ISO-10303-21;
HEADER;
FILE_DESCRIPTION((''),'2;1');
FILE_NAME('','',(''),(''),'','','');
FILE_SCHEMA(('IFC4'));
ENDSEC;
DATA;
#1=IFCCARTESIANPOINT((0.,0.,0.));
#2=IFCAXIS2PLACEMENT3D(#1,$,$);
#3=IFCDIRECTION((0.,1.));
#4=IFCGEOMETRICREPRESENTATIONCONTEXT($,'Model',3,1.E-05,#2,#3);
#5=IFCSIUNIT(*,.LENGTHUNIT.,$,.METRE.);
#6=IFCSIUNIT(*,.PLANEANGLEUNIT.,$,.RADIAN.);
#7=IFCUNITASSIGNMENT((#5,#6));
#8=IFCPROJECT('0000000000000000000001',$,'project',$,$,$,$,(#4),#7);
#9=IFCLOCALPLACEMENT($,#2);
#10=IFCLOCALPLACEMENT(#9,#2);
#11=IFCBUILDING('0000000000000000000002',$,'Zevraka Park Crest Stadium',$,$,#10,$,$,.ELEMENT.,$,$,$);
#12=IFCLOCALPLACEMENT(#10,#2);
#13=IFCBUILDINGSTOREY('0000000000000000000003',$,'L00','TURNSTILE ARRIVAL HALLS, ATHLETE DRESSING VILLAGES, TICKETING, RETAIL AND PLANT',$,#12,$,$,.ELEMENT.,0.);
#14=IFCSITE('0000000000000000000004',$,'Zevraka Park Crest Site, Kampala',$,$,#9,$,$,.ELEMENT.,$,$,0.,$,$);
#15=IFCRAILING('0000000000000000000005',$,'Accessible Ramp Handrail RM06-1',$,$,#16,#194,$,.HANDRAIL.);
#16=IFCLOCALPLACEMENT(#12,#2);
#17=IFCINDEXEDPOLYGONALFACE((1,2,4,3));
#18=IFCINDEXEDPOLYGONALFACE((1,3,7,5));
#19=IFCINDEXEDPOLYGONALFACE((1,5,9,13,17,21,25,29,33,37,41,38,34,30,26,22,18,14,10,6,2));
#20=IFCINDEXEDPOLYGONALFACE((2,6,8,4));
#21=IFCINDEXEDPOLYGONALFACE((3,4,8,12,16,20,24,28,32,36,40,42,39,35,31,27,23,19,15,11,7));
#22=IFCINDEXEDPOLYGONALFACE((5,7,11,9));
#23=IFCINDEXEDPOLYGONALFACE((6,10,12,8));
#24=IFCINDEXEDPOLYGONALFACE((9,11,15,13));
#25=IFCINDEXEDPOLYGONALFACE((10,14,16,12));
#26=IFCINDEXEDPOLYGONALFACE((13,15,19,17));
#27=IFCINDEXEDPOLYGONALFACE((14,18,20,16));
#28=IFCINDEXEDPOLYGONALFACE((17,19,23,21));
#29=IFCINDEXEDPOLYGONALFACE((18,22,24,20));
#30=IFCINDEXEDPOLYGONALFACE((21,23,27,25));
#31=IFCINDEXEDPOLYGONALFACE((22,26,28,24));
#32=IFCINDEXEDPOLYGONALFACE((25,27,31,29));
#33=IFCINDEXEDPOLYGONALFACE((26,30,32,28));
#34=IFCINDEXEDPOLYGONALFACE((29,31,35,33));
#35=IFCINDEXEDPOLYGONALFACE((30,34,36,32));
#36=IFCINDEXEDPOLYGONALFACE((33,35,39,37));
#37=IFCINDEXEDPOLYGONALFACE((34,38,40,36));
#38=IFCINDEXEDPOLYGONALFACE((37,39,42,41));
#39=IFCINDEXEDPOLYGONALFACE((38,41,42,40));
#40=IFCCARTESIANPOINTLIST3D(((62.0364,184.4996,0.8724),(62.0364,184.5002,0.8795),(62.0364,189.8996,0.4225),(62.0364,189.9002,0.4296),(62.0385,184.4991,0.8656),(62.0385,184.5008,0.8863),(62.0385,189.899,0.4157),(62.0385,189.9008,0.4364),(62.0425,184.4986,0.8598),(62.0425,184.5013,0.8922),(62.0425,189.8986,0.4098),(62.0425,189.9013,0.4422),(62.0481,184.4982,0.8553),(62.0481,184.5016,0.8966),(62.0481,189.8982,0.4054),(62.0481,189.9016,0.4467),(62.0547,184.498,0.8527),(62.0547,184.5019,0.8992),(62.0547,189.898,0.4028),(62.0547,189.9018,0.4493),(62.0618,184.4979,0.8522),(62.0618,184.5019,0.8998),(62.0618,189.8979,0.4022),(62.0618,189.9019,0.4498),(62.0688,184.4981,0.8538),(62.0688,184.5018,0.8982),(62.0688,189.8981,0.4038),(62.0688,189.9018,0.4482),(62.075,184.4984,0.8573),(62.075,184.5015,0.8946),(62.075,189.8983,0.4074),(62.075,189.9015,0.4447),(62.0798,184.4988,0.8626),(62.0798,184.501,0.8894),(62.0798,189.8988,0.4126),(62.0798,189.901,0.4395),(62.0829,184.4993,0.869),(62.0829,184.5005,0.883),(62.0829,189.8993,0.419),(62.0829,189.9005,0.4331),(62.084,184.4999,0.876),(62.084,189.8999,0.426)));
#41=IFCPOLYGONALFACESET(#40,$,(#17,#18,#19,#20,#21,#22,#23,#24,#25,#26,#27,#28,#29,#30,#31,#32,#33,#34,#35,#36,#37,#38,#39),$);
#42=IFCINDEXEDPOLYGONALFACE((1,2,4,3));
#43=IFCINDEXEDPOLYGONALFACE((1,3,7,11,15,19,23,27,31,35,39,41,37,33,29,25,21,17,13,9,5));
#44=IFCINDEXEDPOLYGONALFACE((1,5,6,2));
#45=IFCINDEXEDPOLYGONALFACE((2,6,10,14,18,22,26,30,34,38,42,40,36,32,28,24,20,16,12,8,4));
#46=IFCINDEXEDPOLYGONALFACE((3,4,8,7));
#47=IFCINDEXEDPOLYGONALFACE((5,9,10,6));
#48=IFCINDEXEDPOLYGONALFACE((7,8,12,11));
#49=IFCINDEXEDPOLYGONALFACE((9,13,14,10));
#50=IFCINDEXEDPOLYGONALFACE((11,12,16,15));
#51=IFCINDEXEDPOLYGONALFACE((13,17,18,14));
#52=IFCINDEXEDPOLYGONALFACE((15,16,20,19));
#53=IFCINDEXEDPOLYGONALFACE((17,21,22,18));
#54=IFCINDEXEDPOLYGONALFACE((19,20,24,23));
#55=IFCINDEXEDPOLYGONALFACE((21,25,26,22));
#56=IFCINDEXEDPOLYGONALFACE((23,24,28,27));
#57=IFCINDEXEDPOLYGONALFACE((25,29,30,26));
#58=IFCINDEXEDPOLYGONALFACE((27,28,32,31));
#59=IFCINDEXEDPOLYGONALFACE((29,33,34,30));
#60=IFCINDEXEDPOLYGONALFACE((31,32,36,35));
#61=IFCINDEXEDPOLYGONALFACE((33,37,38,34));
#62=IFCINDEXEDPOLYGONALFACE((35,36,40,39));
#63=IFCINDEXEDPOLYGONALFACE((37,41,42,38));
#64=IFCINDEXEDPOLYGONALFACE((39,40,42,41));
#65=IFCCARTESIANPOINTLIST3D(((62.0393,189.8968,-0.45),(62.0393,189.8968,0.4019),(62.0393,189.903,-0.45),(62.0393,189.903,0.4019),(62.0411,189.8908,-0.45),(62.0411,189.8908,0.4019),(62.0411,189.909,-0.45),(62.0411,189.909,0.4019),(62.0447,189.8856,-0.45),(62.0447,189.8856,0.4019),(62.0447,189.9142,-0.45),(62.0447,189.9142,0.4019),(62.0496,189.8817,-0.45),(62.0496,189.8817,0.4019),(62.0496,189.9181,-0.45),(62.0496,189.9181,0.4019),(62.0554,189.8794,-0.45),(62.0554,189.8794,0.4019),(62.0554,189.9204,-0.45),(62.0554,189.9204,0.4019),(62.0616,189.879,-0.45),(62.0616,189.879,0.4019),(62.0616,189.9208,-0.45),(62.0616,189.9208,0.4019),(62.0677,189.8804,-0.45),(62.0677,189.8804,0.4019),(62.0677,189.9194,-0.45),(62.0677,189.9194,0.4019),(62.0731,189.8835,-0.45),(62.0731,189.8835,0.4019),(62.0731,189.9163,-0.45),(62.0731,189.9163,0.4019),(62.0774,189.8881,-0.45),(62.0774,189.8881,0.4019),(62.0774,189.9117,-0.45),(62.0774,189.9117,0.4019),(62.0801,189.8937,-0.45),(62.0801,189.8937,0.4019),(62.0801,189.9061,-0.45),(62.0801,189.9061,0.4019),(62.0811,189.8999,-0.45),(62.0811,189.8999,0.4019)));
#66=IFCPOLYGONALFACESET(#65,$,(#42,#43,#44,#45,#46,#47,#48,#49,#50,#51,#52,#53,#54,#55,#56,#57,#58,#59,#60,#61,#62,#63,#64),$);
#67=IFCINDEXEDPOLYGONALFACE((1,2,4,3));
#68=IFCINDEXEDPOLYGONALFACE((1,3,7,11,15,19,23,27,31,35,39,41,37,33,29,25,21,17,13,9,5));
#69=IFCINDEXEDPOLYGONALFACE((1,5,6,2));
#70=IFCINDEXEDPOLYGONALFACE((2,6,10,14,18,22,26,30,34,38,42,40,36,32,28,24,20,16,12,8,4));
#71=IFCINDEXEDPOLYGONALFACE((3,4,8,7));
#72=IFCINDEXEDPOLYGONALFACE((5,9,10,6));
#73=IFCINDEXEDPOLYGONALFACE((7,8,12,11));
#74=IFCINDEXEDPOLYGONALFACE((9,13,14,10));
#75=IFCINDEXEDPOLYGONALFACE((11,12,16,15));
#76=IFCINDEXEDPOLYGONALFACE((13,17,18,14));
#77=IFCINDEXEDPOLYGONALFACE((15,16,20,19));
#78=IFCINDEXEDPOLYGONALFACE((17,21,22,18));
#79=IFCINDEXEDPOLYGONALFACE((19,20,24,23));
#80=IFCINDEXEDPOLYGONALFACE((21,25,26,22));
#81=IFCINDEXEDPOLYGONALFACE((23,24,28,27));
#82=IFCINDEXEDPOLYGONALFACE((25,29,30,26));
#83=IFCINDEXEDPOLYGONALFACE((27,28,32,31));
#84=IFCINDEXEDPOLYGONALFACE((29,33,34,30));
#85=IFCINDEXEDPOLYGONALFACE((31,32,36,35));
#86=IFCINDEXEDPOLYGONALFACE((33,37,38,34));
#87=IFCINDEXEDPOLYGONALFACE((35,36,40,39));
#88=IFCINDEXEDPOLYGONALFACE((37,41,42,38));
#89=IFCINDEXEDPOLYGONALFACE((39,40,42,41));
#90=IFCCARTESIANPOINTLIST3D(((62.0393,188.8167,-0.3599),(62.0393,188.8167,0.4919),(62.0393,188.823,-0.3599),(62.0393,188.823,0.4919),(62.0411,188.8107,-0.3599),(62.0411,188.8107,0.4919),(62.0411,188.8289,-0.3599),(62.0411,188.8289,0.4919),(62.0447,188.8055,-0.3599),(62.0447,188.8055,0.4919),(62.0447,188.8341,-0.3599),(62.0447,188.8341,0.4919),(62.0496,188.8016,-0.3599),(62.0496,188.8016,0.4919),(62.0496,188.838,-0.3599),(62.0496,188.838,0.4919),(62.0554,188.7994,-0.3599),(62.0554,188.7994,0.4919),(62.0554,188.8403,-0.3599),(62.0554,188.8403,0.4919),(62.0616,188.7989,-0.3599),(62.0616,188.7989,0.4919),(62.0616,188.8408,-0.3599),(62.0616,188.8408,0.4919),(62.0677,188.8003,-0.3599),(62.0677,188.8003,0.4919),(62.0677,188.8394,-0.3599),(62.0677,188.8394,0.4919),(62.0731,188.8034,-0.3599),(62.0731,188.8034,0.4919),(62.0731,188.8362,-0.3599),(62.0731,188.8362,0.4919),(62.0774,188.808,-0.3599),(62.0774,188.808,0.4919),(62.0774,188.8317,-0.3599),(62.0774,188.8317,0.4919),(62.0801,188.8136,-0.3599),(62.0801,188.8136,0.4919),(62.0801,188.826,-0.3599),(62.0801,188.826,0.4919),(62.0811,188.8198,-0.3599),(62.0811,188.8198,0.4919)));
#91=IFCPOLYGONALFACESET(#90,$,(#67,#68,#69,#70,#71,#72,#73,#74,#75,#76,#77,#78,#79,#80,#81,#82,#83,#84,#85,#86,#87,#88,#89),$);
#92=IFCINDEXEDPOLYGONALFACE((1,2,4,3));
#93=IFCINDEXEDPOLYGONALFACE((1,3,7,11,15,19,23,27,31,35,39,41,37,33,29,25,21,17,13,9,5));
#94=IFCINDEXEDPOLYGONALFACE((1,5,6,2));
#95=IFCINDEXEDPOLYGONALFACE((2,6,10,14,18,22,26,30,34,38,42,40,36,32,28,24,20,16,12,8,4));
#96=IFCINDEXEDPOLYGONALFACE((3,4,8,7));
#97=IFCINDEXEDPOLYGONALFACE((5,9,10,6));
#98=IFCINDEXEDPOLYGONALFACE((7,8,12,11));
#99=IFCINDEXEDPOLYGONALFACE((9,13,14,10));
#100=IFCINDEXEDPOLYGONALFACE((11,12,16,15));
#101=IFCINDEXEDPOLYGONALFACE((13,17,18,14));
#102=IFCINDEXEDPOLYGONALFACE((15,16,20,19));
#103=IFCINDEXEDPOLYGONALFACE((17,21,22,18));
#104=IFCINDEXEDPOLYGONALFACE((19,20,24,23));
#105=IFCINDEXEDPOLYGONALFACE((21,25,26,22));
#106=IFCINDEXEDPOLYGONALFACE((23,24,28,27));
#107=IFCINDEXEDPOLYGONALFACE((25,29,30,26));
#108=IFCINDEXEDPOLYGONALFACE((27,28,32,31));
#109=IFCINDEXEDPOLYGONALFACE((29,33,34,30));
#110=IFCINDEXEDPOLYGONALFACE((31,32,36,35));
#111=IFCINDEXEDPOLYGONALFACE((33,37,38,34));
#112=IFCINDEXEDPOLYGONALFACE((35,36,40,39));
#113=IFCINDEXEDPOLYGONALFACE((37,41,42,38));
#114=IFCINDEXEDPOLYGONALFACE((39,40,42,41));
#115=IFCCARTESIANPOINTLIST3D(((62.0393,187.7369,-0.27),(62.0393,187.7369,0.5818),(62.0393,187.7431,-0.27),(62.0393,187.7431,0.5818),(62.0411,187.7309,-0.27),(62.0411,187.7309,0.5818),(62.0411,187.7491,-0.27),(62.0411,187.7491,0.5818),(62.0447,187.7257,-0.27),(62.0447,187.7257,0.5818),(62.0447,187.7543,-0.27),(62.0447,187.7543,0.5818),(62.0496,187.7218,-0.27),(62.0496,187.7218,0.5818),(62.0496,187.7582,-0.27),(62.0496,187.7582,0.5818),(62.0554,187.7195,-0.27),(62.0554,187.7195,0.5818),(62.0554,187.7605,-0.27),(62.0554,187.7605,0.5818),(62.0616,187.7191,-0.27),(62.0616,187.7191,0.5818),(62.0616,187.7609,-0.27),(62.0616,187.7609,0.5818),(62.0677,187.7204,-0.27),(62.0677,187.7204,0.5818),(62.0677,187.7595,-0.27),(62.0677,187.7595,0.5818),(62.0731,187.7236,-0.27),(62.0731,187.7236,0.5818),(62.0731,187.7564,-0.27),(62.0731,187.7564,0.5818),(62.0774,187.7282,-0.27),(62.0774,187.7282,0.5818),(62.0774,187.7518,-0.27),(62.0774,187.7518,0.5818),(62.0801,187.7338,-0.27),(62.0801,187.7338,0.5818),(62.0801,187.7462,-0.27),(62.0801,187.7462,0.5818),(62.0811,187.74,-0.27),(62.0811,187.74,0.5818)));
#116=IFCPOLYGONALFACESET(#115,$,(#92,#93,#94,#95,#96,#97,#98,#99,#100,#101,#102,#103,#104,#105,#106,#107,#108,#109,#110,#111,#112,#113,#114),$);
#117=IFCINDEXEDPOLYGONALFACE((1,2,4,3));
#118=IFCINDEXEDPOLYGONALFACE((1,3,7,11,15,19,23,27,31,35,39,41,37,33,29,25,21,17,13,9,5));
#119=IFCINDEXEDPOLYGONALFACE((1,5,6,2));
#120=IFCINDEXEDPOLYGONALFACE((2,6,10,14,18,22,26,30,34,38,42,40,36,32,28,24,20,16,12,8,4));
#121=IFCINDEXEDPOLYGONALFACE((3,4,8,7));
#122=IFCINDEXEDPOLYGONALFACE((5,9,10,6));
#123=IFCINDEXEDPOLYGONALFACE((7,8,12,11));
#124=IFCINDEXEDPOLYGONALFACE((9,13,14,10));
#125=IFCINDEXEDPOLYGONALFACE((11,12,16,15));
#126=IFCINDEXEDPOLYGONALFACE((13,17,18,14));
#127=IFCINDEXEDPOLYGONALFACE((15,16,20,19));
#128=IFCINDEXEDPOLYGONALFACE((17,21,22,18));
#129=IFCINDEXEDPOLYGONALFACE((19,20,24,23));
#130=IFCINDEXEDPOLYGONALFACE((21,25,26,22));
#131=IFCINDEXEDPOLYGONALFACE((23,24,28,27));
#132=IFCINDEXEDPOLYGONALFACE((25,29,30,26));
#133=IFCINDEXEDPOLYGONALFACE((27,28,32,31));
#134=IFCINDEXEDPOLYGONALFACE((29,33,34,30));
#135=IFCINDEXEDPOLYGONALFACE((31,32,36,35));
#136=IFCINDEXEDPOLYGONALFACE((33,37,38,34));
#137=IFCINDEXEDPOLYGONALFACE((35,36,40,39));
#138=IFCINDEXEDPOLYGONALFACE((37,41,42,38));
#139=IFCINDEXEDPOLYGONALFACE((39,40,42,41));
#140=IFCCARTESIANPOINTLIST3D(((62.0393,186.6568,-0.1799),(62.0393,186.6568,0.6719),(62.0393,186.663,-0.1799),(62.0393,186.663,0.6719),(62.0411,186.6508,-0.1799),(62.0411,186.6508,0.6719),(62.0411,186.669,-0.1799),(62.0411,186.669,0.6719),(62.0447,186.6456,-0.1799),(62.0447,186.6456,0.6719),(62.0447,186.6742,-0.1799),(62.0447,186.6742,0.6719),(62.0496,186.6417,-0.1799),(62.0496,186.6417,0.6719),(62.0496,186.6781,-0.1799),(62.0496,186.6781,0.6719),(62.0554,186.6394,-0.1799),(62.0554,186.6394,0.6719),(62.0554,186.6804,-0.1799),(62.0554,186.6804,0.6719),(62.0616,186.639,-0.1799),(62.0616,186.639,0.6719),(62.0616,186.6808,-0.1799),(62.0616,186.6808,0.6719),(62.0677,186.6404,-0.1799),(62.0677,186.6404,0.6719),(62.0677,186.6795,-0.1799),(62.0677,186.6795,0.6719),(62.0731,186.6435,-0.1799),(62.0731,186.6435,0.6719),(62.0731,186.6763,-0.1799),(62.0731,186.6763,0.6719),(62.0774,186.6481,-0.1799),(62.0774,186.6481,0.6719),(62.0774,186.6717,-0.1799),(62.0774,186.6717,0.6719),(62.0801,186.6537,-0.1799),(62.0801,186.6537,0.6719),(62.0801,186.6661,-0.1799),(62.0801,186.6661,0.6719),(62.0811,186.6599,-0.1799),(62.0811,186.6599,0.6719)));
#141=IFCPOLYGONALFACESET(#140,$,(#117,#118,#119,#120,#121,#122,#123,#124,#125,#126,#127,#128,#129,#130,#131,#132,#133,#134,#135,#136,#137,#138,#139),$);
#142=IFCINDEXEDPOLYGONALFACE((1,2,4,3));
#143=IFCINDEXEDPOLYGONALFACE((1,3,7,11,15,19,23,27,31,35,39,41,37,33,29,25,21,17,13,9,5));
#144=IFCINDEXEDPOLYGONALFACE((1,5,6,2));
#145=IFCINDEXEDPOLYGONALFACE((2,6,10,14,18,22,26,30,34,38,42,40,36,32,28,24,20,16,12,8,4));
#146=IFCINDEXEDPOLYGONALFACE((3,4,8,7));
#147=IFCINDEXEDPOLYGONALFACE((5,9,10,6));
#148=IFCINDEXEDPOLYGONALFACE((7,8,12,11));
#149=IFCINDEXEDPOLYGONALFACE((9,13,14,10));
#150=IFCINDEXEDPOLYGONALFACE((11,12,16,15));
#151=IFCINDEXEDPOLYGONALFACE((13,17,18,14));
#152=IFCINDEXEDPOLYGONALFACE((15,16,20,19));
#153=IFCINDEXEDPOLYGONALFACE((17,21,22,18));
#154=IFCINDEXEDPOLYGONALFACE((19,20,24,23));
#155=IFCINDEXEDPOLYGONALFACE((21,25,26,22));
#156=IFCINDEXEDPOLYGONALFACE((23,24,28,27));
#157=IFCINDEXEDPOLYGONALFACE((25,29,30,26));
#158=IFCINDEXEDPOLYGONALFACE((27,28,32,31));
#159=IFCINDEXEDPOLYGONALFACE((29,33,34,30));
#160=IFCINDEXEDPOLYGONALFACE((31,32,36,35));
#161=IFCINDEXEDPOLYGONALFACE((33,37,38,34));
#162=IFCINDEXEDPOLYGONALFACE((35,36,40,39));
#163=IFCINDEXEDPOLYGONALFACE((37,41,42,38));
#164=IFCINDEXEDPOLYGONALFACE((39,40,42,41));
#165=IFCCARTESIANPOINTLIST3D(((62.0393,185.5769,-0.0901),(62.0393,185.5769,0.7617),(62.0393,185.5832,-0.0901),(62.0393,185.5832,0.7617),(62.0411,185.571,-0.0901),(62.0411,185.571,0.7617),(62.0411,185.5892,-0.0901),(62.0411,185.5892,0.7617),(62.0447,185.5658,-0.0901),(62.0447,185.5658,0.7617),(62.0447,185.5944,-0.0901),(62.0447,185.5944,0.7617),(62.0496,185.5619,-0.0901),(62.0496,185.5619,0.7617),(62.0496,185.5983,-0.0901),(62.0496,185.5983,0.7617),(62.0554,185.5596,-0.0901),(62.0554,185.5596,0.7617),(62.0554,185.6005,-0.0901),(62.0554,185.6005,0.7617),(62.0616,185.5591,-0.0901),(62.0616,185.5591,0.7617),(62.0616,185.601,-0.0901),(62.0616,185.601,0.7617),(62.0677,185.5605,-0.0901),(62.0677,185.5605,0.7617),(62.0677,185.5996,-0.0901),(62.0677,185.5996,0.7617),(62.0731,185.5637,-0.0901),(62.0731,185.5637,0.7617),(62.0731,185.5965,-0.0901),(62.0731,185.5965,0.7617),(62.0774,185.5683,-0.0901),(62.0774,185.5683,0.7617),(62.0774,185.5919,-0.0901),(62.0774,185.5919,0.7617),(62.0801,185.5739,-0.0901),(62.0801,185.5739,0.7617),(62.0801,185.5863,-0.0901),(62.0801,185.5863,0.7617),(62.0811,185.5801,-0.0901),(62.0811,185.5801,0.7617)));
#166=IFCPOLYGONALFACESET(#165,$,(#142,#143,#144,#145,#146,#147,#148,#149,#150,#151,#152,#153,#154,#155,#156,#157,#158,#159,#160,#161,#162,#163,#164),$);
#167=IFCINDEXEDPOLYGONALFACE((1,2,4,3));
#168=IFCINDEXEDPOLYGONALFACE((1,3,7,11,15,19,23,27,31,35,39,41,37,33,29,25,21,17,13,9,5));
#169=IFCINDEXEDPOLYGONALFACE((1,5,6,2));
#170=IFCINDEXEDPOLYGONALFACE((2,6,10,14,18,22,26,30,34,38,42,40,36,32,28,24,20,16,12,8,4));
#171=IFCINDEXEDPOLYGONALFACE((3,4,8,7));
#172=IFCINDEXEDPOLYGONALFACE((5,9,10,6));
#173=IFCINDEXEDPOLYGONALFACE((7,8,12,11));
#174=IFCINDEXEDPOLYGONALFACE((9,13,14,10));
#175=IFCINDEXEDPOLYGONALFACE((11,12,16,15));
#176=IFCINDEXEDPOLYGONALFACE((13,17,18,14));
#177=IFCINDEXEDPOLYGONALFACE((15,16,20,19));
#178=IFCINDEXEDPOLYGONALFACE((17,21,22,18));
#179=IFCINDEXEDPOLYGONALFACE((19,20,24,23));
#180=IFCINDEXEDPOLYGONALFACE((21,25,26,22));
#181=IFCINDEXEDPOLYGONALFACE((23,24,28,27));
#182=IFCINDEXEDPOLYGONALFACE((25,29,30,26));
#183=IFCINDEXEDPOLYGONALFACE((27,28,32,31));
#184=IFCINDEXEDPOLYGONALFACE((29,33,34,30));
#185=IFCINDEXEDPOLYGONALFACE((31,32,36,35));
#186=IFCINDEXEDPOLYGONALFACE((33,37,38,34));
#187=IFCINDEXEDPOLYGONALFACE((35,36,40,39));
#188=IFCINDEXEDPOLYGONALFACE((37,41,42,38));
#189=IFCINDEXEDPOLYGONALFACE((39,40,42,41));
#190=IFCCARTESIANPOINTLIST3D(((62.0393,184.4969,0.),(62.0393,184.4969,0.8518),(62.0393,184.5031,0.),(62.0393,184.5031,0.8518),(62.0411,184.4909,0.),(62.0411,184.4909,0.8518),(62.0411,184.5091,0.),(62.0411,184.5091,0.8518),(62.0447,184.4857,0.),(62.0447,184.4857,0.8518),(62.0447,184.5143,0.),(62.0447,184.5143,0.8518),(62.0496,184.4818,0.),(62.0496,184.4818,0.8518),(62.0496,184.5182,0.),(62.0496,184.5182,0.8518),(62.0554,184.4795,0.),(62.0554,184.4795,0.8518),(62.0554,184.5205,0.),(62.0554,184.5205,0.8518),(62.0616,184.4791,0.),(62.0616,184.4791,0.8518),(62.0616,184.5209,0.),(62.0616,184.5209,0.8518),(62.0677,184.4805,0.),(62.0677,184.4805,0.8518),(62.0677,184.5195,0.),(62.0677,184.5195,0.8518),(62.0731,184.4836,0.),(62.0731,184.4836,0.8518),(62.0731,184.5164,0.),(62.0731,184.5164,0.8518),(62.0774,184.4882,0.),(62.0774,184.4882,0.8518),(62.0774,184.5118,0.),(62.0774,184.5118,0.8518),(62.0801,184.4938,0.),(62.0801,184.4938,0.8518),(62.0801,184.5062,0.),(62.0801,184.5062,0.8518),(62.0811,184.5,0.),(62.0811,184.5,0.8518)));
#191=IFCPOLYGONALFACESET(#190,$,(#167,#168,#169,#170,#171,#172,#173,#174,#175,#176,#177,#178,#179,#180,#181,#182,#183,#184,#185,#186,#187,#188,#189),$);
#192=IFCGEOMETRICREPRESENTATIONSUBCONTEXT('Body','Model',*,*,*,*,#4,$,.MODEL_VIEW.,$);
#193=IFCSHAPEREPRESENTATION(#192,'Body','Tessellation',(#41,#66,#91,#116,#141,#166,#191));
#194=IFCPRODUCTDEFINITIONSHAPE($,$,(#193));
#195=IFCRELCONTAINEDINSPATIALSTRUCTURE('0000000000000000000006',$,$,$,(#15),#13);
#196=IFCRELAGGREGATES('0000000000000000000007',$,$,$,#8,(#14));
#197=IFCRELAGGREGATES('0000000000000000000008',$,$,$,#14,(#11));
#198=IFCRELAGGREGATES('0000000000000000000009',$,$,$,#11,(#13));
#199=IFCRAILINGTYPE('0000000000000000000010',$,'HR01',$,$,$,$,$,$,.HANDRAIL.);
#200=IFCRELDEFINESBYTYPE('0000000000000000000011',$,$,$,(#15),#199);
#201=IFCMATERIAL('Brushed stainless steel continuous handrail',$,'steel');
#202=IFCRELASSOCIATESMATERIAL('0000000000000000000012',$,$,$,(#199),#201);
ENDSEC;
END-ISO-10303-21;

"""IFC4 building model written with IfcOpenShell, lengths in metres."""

from ifc_helpers import new_model, si_unit, direction, frame, origin, origin_2d, place, context, subcontext, project, spatial, circle, extrude, material, type_object, element, save


model = new_model("IFC4")

# Units and contexts
model_context = context("Model", 3, precision=1e-05, world=origin(), true_north=direction((0.0, 1.0)))
body_context = subcontext(model_context, "Body", "Model", "MODEL_VIEW")
ifc_project = project(units=[si_unit("LENGTHUNIT", "METRE"), si_unit("PLANEANGLEUNIT", "RADIAN")], contexts=[model_context])

# Site, building, storey
site_placement = place(None, origin())
site = spatial("IfcSite", under=ifc_project, at=site_placement, Name="Zevraka Park Crest Site, Kampala", CompositionType="ELEMENT", RefElevation=0.0)
building_placement = place(site_placement, origin())
building = spatial("IfcBuilding", under=site, at=building_placement, Name="Zevraka Park Crest Stadium", CompositionType="ELEMENT")
storey_placement = place(building_placement, origin())
storey = spatial("IfcBuildingStorey", under=building, at=storey_placement, Name="L00", Description="TURNSTILE ARRIVAL HALLS, ATHLETE DRESSING VILLAGES, TICKETING, RETAIL AND PLANT", CompositionType="ELEMENT", Elevation=0.0)

# Railing
ifc_material_1 = material(Name="Brushed stainless steel continuous handrail", Category="steel")
railing_type_1 = type_object("IfcRailingType", Name="HR01", PredefinedType="HANDRAIL", material=ifc_material_1)
railing_1_placement = place(storey_placement, frame((62.0601, 189.8999, -0.45)))
element("IfcRailing", 1, at=railing_1_placement, inside=storey, type_object=railing_type_1, Name="Accessible Ramp Handrail RM06-1", PredefinedType="HANDRAIL", context=body_context, shape_type="SweptSolid", body=[
    extrude(circle(Radius=0.0239, at=origin_2d()), frame((0.0, 0.0, 0.876), z_axis=(0.0, -0.996546, 0.083038), x_axis=(1.0, 0.0, 0.0)), (0.0, 0.0, 1.0), 5.4187),
    extrude(circle(Radius=0.021, at=origin_2d()), origin(), (0.0, 0.0, 1.0), 0.8518),
    extrude(circle(Radius=0.021, at=origin_2d()), frame((0.0, -1.0801, 0.0901)), (0.0, 0.0, 1.0), 0.8518),
    extrude(circle(Radius=0.021, at=origin_2d()), frame((0.0, -2.1599, 0.1799)), (0.0, 0.0, 1.0), 0.8518),
    extrude(circle(Radius=0.021, at=origin_2d()), frame((0.0, -3.24, 0.27)), (0.0, 0.0, 1.0), 0.8518),
    extrude(circle(Radius=0.021, at=origin_2d()), frame((0.0, -4.3198, 0.3599)), (0.0, 0.0, 1.0), 0.8518),
    extrude(circle(Radius=0.021, at=origin_2d()), frame((0.0, -5.3999, 0.45)), (0.0, 0.0, 1.0), 0.8518),
])

save(model, "model.ifc")
